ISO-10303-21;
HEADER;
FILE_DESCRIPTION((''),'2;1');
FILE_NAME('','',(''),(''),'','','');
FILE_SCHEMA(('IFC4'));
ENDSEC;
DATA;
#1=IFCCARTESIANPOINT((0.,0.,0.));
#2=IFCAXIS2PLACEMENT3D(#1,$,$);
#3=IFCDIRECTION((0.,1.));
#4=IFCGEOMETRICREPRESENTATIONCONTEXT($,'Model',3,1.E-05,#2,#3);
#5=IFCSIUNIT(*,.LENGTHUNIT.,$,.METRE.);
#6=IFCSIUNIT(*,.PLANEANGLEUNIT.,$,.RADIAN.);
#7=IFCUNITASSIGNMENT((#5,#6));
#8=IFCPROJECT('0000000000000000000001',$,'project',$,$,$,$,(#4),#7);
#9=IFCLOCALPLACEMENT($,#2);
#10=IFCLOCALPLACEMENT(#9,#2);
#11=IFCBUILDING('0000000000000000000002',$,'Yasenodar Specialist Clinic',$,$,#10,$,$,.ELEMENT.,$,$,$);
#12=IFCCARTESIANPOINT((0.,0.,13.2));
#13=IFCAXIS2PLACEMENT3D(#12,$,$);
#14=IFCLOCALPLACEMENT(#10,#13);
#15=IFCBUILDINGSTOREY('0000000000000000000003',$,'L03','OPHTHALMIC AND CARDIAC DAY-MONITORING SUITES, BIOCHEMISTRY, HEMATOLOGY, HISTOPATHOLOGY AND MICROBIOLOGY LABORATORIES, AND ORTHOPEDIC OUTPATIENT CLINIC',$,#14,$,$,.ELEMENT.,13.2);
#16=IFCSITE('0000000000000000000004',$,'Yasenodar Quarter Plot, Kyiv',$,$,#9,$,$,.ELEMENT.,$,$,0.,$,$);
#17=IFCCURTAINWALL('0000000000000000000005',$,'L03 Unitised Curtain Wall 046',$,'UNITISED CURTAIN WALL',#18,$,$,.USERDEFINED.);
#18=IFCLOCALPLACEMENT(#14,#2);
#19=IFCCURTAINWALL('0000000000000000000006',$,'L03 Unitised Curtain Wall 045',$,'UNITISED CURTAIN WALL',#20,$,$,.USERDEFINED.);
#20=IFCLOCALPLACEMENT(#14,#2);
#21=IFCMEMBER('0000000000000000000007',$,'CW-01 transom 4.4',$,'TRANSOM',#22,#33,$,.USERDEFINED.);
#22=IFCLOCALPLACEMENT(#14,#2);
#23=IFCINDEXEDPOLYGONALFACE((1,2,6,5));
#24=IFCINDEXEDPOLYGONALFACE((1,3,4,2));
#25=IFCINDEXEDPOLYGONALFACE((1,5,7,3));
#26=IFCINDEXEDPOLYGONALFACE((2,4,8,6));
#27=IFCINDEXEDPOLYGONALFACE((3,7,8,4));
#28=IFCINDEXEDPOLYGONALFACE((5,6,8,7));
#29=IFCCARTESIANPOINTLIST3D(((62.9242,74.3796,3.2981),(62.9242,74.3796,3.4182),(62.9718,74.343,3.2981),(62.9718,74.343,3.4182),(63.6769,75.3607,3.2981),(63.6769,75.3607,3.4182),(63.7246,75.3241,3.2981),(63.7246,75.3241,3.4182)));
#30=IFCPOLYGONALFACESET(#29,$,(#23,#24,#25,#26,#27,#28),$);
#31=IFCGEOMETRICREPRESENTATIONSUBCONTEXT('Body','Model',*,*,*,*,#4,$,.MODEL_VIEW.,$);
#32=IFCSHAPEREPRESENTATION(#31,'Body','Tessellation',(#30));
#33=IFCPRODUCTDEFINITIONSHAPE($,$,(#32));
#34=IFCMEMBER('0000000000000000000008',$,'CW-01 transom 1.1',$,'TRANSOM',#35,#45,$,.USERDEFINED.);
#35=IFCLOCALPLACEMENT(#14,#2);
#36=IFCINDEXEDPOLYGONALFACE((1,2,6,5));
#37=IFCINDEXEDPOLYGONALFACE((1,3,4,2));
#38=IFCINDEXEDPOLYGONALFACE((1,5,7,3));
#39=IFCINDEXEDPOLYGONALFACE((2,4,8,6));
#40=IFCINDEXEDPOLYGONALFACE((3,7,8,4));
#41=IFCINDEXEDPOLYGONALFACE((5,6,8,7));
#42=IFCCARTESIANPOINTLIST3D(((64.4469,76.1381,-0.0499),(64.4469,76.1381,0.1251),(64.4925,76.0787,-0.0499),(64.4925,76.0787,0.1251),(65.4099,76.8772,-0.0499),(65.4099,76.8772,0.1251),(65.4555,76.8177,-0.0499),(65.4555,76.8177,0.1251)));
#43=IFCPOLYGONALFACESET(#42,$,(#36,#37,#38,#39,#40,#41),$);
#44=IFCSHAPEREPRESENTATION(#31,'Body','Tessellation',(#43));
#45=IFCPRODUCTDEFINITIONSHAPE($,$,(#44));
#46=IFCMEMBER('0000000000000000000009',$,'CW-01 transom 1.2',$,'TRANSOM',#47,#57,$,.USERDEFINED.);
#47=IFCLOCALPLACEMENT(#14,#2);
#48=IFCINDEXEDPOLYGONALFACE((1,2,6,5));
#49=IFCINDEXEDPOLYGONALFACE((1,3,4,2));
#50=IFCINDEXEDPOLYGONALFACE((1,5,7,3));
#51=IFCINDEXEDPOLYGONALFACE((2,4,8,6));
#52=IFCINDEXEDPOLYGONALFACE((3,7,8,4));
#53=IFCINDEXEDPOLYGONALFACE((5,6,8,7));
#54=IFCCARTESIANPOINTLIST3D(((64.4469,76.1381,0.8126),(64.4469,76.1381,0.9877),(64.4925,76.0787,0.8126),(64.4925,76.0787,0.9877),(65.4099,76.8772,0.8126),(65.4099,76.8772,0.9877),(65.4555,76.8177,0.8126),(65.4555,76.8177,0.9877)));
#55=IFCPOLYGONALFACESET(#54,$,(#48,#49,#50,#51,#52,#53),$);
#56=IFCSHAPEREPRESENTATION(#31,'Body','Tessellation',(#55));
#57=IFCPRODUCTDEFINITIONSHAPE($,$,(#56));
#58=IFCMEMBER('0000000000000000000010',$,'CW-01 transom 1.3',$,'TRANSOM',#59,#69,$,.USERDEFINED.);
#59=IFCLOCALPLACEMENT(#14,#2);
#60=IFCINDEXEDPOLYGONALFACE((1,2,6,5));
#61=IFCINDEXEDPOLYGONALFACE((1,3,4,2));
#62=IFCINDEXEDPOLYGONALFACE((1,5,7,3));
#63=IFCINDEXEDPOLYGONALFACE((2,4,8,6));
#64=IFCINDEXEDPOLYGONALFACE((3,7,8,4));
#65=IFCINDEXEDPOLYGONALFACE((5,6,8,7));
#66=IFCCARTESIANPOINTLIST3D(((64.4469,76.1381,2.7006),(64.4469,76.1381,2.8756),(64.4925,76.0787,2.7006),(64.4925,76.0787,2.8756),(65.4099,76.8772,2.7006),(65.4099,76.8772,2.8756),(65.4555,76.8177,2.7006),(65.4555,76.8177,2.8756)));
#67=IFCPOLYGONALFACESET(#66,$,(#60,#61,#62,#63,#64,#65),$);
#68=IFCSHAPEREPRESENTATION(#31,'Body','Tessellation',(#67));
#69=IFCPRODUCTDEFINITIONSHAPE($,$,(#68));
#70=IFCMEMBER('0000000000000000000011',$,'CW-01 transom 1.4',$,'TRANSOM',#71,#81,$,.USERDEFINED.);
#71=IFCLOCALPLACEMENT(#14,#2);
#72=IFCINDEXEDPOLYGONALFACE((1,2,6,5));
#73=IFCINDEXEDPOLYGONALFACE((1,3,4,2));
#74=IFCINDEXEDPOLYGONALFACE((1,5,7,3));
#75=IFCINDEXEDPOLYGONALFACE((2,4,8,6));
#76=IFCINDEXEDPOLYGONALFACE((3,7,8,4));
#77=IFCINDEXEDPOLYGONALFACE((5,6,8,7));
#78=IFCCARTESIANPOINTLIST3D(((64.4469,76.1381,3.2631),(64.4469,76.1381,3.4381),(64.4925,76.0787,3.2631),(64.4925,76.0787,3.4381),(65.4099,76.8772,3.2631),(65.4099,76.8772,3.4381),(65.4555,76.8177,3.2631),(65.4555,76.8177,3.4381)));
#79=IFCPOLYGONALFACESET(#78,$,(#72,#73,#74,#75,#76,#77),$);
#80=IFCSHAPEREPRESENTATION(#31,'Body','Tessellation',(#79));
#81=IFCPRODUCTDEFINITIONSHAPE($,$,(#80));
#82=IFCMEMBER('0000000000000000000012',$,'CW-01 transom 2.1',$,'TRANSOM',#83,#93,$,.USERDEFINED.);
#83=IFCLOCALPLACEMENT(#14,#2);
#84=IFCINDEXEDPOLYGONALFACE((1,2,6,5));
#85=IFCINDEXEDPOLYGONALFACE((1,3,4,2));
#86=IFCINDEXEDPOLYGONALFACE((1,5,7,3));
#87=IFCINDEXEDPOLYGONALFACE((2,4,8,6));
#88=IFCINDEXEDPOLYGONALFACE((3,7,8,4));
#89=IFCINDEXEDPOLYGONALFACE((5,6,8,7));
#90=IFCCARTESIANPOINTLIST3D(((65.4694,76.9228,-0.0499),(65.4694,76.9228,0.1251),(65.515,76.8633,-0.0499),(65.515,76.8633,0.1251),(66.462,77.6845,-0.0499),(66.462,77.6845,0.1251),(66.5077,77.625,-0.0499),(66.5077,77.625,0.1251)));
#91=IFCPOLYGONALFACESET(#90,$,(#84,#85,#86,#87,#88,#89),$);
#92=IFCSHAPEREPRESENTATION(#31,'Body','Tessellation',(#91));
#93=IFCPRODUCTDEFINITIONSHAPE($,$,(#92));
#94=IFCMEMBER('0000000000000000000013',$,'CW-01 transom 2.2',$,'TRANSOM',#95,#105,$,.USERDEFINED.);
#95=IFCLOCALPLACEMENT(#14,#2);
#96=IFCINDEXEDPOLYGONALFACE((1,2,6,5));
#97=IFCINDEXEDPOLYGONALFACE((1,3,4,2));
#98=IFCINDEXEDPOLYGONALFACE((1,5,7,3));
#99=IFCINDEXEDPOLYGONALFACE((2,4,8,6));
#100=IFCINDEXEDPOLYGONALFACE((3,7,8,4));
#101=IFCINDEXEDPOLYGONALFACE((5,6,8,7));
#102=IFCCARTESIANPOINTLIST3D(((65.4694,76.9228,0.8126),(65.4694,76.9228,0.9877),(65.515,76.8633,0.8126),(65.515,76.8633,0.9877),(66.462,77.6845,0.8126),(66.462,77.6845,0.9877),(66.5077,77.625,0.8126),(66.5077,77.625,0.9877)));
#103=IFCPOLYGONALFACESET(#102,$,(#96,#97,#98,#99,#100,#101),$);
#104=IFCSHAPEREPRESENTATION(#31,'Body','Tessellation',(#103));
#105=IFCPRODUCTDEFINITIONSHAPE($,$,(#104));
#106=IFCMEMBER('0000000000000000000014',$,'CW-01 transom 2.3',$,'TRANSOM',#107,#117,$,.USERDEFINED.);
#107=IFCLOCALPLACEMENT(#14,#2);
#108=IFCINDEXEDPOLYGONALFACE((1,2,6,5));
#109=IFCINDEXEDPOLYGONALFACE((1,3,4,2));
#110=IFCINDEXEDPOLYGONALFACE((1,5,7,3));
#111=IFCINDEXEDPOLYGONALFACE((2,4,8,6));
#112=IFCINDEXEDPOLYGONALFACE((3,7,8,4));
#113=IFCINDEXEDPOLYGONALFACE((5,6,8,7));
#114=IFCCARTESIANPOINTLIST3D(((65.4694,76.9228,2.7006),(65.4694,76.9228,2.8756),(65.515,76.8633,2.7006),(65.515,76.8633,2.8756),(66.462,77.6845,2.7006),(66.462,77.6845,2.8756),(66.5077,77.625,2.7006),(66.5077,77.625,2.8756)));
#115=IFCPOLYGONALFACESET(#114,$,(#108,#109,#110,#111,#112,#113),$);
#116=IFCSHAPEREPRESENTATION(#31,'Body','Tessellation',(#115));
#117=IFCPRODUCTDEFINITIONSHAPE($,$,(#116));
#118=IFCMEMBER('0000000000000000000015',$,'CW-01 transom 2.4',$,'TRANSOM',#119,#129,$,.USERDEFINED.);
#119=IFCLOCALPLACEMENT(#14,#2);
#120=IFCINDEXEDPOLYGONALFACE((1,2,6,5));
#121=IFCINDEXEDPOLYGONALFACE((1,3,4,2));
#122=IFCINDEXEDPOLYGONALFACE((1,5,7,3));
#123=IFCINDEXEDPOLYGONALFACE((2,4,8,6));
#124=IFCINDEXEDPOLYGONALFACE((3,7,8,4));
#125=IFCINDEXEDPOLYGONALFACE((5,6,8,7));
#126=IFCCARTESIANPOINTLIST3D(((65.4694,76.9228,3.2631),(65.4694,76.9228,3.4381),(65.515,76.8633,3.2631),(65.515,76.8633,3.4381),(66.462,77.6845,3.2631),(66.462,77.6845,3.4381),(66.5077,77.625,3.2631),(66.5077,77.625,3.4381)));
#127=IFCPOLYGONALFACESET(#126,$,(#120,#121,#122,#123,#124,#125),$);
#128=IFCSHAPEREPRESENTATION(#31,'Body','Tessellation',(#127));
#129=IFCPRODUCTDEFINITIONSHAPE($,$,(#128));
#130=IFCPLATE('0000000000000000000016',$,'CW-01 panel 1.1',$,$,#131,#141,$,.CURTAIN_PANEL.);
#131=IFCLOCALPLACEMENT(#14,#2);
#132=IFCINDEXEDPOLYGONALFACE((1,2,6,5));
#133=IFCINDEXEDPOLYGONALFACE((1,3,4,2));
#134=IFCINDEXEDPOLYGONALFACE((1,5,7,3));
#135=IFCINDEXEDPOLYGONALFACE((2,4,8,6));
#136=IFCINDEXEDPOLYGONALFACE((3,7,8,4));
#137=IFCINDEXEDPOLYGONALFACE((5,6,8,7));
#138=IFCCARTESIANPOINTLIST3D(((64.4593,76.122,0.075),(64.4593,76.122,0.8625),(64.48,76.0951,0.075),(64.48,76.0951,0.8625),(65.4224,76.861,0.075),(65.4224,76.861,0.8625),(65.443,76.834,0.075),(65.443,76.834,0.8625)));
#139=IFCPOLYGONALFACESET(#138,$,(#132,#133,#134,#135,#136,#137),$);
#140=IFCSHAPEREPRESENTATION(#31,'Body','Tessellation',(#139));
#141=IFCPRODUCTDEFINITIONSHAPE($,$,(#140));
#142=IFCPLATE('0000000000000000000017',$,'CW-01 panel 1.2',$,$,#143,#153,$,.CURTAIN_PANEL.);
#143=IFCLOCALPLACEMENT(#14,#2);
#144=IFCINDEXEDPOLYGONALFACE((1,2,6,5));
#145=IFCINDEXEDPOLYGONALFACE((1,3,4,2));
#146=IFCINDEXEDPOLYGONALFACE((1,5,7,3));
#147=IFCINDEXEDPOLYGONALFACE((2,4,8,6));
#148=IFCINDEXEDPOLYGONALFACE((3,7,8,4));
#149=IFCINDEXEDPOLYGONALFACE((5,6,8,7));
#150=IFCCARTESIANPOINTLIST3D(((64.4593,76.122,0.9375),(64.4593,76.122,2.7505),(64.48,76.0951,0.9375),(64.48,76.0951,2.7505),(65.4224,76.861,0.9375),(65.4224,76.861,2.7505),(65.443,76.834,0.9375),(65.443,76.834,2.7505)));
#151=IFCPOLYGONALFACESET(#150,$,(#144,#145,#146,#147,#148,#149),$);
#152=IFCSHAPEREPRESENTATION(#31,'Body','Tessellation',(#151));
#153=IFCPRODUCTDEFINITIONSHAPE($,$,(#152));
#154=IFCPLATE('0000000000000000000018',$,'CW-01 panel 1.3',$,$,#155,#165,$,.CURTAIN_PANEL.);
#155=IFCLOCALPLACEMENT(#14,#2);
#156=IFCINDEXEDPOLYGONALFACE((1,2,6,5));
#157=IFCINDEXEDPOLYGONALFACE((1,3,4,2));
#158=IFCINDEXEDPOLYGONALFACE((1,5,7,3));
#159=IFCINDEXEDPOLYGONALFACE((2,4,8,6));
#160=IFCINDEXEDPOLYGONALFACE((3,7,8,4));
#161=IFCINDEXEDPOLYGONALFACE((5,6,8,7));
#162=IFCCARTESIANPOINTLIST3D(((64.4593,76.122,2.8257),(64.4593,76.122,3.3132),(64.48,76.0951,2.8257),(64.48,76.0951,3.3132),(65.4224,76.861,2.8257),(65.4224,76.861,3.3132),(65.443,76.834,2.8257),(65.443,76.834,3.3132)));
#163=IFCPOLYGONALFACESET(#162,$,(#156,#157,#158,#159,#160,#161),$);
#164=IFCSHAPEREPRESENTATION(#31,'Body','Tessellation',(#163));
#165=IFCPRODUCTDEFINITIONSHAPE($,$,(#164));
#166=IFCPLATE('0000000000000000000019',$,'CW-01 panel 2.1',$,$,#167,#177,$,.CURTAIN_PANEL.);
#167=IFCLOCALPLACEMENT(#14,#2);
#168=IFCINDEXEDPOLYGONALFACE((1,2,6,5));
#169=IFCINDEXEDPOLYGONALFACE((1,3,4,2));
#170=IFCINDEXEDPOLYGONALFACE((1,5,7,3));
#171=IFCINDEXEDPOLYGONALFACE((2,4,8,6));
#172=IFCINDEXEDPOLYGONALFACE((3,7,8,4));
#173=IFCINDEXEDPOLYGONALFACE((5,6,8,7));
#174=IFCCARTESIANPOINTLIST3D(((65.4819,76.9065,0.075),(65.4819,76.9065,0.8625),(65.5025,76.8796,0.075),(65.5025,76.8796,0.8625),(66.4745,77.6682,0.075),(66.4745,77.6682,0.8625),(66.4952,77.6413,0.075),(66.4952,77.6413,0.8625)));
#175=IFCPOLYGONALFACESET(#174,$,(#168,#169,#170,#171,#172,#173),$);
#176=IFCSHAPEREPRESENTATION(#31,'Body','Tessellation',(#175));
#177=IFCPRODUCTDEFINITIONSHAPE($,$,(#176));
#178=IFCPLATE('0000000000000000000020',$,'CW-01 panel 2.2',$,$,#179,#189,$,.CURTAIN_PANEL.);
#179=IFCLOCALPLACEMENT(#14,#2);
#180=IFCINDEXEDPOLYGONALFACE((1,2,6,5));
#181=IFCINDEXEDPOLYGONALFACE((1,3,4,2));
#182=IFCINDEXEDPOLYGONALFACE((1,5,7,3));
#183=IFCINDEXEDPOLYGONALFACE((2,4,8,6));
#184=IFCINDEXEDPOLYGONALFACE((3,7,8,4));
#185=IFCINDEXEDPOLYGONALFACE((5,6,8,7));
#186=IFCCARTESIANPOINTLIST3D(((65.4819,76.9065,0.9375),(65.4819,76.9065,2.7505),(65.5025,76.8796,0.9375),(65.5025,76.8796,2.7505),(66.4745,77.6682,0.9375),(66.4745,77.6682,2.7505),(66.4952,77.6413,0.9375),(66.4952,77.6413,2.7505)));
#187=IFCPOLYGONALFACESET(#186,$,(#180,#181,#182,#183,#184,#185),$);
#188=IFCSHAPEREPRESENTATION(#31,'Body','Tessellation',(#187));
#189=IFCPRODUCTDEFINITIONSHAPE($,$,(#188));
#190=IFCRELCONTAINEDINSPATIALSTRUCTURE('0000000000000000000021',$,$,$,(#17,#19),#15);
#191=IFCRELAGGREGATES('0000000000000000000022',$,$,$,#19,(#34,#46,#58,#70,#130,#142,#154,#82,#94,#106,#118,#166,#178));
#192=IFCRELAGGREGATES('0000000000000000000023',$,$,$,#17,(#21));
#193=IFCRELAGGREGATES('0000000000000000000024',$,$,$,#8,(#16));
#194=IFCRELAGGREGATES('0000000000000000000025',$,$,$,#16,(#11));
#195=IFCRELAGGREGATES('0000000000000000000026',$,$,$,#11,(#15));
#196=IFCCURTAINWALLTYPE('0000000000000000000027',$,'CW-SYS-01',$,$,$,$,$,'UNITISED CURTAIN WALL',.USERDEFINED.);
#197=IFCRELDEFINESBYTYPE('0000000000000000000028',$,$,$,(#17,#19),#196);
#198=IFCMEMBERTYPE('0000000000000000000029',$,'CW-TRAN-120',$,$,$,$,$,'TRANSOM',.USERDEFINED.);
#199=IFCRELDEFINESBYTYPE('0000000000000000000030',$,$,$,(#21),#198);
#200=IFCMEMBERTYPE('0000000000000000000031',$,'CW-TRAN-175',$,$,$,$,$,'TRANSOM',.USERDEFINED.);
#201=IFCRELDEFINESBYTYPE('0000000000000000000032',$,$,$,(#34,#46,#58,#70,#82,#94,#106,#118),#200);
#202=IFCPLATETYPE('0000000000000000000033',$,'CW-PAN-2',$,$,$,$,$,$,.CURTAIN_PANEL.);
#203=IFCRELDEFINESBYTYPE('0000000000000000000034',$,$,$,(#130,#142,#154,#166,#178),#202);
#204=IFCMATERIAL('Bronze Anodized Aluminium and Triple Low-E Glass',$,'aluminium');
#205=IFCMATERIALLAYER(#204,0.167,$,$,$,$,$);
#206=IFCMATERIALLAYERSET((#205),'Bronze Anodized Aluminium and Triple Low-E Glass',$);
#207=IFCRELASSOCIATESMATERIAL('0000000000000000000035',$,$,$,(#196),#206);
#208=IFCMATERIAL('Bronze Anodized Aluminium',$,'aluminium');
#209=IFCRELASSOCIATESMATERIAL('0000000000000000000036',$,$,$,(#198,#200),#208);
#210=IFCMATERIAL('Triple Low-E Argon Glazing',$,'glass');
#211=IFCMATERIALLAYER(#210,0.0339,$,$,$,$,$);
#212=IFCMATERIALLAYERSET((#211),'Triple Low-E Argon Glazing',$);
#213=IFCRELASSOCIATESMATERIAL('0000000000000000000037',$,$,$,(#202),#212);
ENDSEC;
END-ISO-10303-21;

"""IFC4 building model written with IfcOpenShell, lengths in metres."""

from ifc_helpers import new_model, si_unit, direction, frame, origin, origin_2d, place, context, subcontext, project, spatial, rectangle, extrude, material, layer, layer_set, material_profile, profile_set, type_object, element, aggregate, save


model = new_model("IFC4")

# Units and contexts
model_context = context("Model", 3, precision=1e-05, world=origin(), true_north=direction((0.0, 1.0)))
body_context = subcontext(model_context, "Body", "Model", "MODEL_VIEW")
ifc_project = project(units=[si_unit("LENGTHUNIT", "METRE"), si_unit("PLANEANGLEUNIT", "RADIAN")], contexts=[model_context])

# Site, building, storey
site_placement = place(None, origin())
site = spatial("IfcSite", under=ifc_project, at=site_placement, Name="Yasenodar Quarter Plot, Kyiv", CompositionType="ELEMENT", RefElevation=0.0)
building_placement = place(site_placement, origin())
building = spatial("IfcBuilding", under=site, at=building_placement, Name="Yasenodar Specialist Clinic", CompositionType="ELEMENT")
storey_placement = place(building_placement, frame((0.0, 0.0, 13.2)))
storey = spatial("IfcBuildingStorey", under=building, at=storey_placement, Name="L03", Description="OPHTHALMIC AND CARDIAC DAY-MONITORING SUITES, BIOCHEMISTRY, HEMATOLOGY, HISTOPATHOLOGY AND MICROBIOLOGY LABORATORIES, AND ORTHOPEDIC OUTPATIENT CLINIC", CompositionType="ELEMENT", Elevation=13.2)

# Curtain wall
ifc_material_1 = material(Name="Bronze Anodized Aluminium and Triple Low-E Glass", Category="aluminium")
ifc_layer_1 = layer(ifc_material_1, 0.167)
ifc_layer_set_1 = layer_set([ifc_layer_1], Name="Bronze Anodized Aluminium and Triple Low-E Glass")
curtain_wall_type = type_object("IfcCurtainWallType", Name="CW-SYS-01", ElementType="UNITISED CURTAIN WALL", PredefinedType="USERDEFINED", material=ifc_layer_set_1)
curtain_wall_1_placement = place(storey_placement, origin())
curtain_wall_1 = element("IfcCurtainWall", 1, at=curtain_wall_1_placement, inside=storey, type_object=curtain_wall_type, Name="L03 Unitised Curtain Wall 046", ObjectType="UNITISED CURTAIN WALL", PredefinedType="USERDEFINED")
ifc_material_2 = material(Name="Bronze Anodized Aluminium", Category="aluminium")

# Curtain wall
curtain_wall_2_placement = place(storey_placement, origin())
curtain_wall_2 = element("IfcCurtainWall", 2, at=curtain_wall_2_placement, inside=storey, type_object=curtain_wall_type, Name="L03 Unitised Curtain Wall 045", ObjectType="UNITISED CURTAIN WALL", PredefinedType="USERDEFINED")

# Members
ifc_material_profile_1 = material_profile(ifc_material_2, rectangle(XDim=0.0601, YDim=0.1201, at=origin_2d()), Name="CW-TRAN 60x120")
ifc_profile_set_1 = profile_set([ifc_material_profile_1], Name="Bronze Anodized Aluminium")
member_type_1 = type_object("IfcMemberType", Name="CW-TRAN-120", ElementType="TRANSOM", PredefinedType="USERDEFINED", material=ifc_profile_set_1)
member_1_placement = place(storey_placement, frame((62.948, 74.3613, 3.3582), z_axis=(0.608747, 0.793365, 0.0), x_axis=(-0.793365, 0.608747, 0.0)))
member_1 = element("IfcMember", 3, at=member_1_placement, type_object=member_type_1, Name="CW-01 transom 4.4", ObjectType="TRANSOM", PredefinedType="USERDEFINED", context=body_context, shape_type="SweptSolid", body=[
    extrude(rectangle(XDim=0.0601, YDim=0.1201, at=origin_2d()), origin(), (0.0, 0.0, 1.0), 1.2366),
])
ifc_material_profile_2 = material_profile(ifc_material_2, rectangle(XDim=0.075, YDim=0.175, at=origin_2d()), Name="CW-TRAN 75x175")
ifc_profile_set_2 = profile_set([ifc_material_profile_2], Name="Bronze Anodized Aluminium")
member_type_2 = type_object("IfcMemberType", Name="CW-TRAN-175", ElementType="TRANSOM", PredefinedType="USERDEFINED", material=ifc_profile_set_2)
member_2_placement = place(storey_placement, frame((64.4697, 76.1084, 0.0376), z_axis=(0.793289, 0.608845, 0.0), x_axis=(-0.608845, 0.793289, 0.0)))
member_2 = element("IfcMember", 4, at=member_2_placement, type_object=member_type_2, Name="CW-01 transom 1.1", ObjectType="TRANSOM", PredefinedType="USERDEFINED", context=body_context, shape_type="SweptSolid", body=[
    extrude(rectangle(XDim=0.075, YDim=0.175, at=origin_2d()), origin(), (0.0, 0.0, 1.0), 1.2139),
])
member_3_placement = place(storey_placement, frame((64.4697, 76.1084, 0.9001), z_axis=(0.793289, 0.608845, 0.0), x_axis=(-0.608845, 0.793289, 0.0)))
member_3 = element("IfcMember", 5, at=member_3_placement, type_object=member_type_2, Name="CW-01 transom 1.2", ObjectType="TRANSOM", PredefinedType="USERDEFINED", context=body_context, shape_type="SweptSolid", body=[
    extrude(rectangle(XDim=0.075, YDim=0.175, at=origin_2d()), origin(), (0.0, 0.0, 1.0), 1.2139),
])
member_4_placement = place(storey_placement, frame((64.4697, 76.1084, 2.7881), z_axis=(0.793289, 0.608845, 0.0), x_axis=(-0.608845, 0.793289, 0.0)))
member_4 = element("IfcMember", 6, at=member_4_placement, type_object=member_type_2, Name="CW-01 transom 1.3", ObjectType="TRANSOM", PredefinedType="USERDEFINED", context=body_context, shape_type="SweptSolid", body=[
    extrude(rectangle(XDim=0.075, YDim=0.175, at=origin_2d()), origin(), (0.0, 0.0, 1.0), 1.2139),
])
member_5_placement = place(storey_placement, frame((64.4697, 76.1084, 3.3506), z_axis=(0.793289, 0.608845, 0.0), x_axis=(-0.608845, 0.793289, 0.0)))
member_5 = element("IfcMember", 7, at=member_5_placement, type_object=member_type_2, Name="CW-01 transom 1.4", ObjectType="TRANSOM", PredefinedType="USERDEFINED", context=body_context, shape_type="SweptSolid", body=[
    extrude(rectangle(XDim=0.075, YDim=0.175, at=origin_2d()), origin(), (0.0, 0.0, 1.0), 1.2139),
])
member_6_placement = place(storey_placement, frame((65.4922, 76.8931, 0.0376), z_axis=(0.793349, 0.608767, 0.0), x_axis=(-0.608767, 0.793349, 0.0)))
member_6 = element("IfcMember", 8, at=member_6_placement, type_object=member_type_2, Name="CW-01 transom 2.1", ObjectType="TRANSOM", PredefinedType="USERDEFINED", context=body_context, shape_type="SweptSolid", body=[
    extrude(rectangle(XDim=0.075, YDim=0.175, at=origin_2d()), origin(), (0.0, 0.0, 1.0), 1.2512),
])
member_7_placement = place(storey_placement, frame((65.4922, 76.8931, 0.9001), z_axis=(0.793349, 0.608767, 0.0), x_axis=(-0.608767, 0.793349, 0.0)))
member_7 = element("IfcMember", 9, at=member_7_placement, type_object=member_type_2, Name="CW-01 transom 2.2", ObjectType="TRANSOM", PredefinedType="USERDEFINED", context=body_context, shape_type="SweptSolid", body=[
    extrude(rectangle(XDim=0.075, YDim=0.175, at=origin_2d()), origin(), (0.0, 0.0, 1.0), 1.2512),
])
member_8_placement = place(storey_placement, frame((65.4922, 76.8931, 2.7881), z_axis=(0.793349, 0.608767, 0.0), x_axis=(-0.608767, 0.793349, 0.0)))
member_8 = element("IfcMember", 10, at=member_8_placement, type_object=member_type_2, Name="CW-01 transom 2.3", ObjectType="TRANSOM", PredefinedType="USERDEFINED", context=body_context, shape_type="SweptSolid", body=[
    extrude(rectangle(XDim=0.075, YDim=0.175, at=origin_2d()), origin(), (0.0, 0.0, 1.0), 1.2512),
])
member_9_placement = place(storey_placement, frame((65.4922, 76.8931, 3.3506), z_axis=(0.793349, 0.608767, 0.0), x_axis=(-0.608767, 0.793349, 0.0)))
member_9 = element("IfcMember", 11, at=member_9_placement, type_object=member_type_2, Name="CW-01 transom 2.4", ObjectType="TRANSOM", PredefinedType="USERDEFINED", context=body_context, shape_type="SweptSolid", body=[
    extrude(rectangle(XDim=0.075, YDim=0.175, at=origin_2d()), origin(), (0.0, 0.0, 1.0), 1.2512),
])

# Plates
ifc_material_3 = material(Name="Triple Low-E Argon Glazing", Category="glass")
ifc_layer_2 = layer(ifc_material_3, 0.0339)
ifc_layer_set_2 = layer_set([ifc_layer_2], Name="Triple Low-E Argon Glazing")
plate_type_1 = type_object("IfcPlateType", Name="CW-PAN-2", PredefinedType="CURTAIN_PANEL", material=ifc_layer_set_2)
plate_1_placement = place(storey_placement, frame((64.9512, 76.478, 0.075), z_axis=(0.0, 0.0, 1.0), x_axis=(0.793361, 0.608752, 0.0)))
plate_1 = element("IfcPlate", 12, at=plate_1_placement, type_object=plate_type_1, Name="CW-01 panel 1.1", PredefinedType="CURTAIN_PANEL", context=body_context, shape_type="SweptSolid", body=[
    extrude(rectangle(XDim=1.2139, YDim=0.0339, at=origin_2d()), origin(), (0.0, 0.0, 1.0), 0.7876),
])
plate_2_placement = place(storey_placement, frame((64.9512, 76.478, 0.9375), z_axis=(0.0, 0.0, 1.0), x_axis=(0.793361, 0.608752, 0.0)))
plate_2 = element("IfcPlate", 13, at=plate_2_placement, type_object=plate_type_1, Name="CW-01 panel 1.2", PredefinedType="CURTAIN_PANEL", context=body_context, shape_type="SweptSolid", body=[
    extrude(rectangle(XDim=1.2139, YDim=0.0339, at=origin_2d()), origin(), (0.0, 0.0, 1.0), 1.813),
])
plate_3_placement = place(storey_placement, frame((64.9512, 76.478, 2.8257), z_axis=(0.0, 0.0, 1.0), x_axis=(0.793361, 0.608752, 0.0)))
plate_3 = element("IfcPlate", 14, at=plate_3_placement, type_object=plate_type_1, Name="CW-01 panel 1.3", PredefinedType="CURTAIN_PANEL", context=body_context, shape_type="SweptSolid", body=[
    extrude(rectangle(XDim=1.2139, YDim=0.0339, at=origin_2d()), origin(), (0.0, 0.0, 1.0), 0.4875),
])
plate_4_placement = place(storey_placement, frame((65.9885, 77.2739, 0.075), z_axis=(0.0, 0.0, 1.0), x_axis=(0.793361, 0.608752, 0.0)))
plate_4 = element("IfcPlate", 15, at=plate_4_placement, type_object=plate_type_1, Name="CW-01 panel 2.1", PredefinedType="CURTAIN_PANEL", context=body_context, shape_type="SweptSolid", body=[
    extrude(rectangle(XDim=1.2512, YDim=0.0339, at=origin_2d()), origin(), (0.0, 0.0, 1.0), 0.7876),
])
plate_5_placement = place(storey_placement, frame((65.9885, 77.2739, 0.9375), z_axis=(0.0, 0.0, 1.0), x_axis=(0.793361, 0.608752, 0.0)))
plate_5 = element("IfcPlate", 16, at=plate_5_placement, type_object=plate_type_1, Name="CW-01 panel 2.2", PredefinedType="CURTAIN_PANEL", context=body_context, shape_type="SweptSolid", body=[
    extrude(rectangle(XDim=1.2512, YDim=0.0339, at=origin_2d()), origin(), (0.0, 0.0, 1.0), 1.813),
])
aggregate(curtain_wall_2, [member_2, member_3, member_4, member_5, plate_1, plate_2, plate_3, member_6, member_7, member_8, member_9, plate_4, plate_5])
aggregate(curtain_wall_1, [member_1])

save(model, "model.ifc")
